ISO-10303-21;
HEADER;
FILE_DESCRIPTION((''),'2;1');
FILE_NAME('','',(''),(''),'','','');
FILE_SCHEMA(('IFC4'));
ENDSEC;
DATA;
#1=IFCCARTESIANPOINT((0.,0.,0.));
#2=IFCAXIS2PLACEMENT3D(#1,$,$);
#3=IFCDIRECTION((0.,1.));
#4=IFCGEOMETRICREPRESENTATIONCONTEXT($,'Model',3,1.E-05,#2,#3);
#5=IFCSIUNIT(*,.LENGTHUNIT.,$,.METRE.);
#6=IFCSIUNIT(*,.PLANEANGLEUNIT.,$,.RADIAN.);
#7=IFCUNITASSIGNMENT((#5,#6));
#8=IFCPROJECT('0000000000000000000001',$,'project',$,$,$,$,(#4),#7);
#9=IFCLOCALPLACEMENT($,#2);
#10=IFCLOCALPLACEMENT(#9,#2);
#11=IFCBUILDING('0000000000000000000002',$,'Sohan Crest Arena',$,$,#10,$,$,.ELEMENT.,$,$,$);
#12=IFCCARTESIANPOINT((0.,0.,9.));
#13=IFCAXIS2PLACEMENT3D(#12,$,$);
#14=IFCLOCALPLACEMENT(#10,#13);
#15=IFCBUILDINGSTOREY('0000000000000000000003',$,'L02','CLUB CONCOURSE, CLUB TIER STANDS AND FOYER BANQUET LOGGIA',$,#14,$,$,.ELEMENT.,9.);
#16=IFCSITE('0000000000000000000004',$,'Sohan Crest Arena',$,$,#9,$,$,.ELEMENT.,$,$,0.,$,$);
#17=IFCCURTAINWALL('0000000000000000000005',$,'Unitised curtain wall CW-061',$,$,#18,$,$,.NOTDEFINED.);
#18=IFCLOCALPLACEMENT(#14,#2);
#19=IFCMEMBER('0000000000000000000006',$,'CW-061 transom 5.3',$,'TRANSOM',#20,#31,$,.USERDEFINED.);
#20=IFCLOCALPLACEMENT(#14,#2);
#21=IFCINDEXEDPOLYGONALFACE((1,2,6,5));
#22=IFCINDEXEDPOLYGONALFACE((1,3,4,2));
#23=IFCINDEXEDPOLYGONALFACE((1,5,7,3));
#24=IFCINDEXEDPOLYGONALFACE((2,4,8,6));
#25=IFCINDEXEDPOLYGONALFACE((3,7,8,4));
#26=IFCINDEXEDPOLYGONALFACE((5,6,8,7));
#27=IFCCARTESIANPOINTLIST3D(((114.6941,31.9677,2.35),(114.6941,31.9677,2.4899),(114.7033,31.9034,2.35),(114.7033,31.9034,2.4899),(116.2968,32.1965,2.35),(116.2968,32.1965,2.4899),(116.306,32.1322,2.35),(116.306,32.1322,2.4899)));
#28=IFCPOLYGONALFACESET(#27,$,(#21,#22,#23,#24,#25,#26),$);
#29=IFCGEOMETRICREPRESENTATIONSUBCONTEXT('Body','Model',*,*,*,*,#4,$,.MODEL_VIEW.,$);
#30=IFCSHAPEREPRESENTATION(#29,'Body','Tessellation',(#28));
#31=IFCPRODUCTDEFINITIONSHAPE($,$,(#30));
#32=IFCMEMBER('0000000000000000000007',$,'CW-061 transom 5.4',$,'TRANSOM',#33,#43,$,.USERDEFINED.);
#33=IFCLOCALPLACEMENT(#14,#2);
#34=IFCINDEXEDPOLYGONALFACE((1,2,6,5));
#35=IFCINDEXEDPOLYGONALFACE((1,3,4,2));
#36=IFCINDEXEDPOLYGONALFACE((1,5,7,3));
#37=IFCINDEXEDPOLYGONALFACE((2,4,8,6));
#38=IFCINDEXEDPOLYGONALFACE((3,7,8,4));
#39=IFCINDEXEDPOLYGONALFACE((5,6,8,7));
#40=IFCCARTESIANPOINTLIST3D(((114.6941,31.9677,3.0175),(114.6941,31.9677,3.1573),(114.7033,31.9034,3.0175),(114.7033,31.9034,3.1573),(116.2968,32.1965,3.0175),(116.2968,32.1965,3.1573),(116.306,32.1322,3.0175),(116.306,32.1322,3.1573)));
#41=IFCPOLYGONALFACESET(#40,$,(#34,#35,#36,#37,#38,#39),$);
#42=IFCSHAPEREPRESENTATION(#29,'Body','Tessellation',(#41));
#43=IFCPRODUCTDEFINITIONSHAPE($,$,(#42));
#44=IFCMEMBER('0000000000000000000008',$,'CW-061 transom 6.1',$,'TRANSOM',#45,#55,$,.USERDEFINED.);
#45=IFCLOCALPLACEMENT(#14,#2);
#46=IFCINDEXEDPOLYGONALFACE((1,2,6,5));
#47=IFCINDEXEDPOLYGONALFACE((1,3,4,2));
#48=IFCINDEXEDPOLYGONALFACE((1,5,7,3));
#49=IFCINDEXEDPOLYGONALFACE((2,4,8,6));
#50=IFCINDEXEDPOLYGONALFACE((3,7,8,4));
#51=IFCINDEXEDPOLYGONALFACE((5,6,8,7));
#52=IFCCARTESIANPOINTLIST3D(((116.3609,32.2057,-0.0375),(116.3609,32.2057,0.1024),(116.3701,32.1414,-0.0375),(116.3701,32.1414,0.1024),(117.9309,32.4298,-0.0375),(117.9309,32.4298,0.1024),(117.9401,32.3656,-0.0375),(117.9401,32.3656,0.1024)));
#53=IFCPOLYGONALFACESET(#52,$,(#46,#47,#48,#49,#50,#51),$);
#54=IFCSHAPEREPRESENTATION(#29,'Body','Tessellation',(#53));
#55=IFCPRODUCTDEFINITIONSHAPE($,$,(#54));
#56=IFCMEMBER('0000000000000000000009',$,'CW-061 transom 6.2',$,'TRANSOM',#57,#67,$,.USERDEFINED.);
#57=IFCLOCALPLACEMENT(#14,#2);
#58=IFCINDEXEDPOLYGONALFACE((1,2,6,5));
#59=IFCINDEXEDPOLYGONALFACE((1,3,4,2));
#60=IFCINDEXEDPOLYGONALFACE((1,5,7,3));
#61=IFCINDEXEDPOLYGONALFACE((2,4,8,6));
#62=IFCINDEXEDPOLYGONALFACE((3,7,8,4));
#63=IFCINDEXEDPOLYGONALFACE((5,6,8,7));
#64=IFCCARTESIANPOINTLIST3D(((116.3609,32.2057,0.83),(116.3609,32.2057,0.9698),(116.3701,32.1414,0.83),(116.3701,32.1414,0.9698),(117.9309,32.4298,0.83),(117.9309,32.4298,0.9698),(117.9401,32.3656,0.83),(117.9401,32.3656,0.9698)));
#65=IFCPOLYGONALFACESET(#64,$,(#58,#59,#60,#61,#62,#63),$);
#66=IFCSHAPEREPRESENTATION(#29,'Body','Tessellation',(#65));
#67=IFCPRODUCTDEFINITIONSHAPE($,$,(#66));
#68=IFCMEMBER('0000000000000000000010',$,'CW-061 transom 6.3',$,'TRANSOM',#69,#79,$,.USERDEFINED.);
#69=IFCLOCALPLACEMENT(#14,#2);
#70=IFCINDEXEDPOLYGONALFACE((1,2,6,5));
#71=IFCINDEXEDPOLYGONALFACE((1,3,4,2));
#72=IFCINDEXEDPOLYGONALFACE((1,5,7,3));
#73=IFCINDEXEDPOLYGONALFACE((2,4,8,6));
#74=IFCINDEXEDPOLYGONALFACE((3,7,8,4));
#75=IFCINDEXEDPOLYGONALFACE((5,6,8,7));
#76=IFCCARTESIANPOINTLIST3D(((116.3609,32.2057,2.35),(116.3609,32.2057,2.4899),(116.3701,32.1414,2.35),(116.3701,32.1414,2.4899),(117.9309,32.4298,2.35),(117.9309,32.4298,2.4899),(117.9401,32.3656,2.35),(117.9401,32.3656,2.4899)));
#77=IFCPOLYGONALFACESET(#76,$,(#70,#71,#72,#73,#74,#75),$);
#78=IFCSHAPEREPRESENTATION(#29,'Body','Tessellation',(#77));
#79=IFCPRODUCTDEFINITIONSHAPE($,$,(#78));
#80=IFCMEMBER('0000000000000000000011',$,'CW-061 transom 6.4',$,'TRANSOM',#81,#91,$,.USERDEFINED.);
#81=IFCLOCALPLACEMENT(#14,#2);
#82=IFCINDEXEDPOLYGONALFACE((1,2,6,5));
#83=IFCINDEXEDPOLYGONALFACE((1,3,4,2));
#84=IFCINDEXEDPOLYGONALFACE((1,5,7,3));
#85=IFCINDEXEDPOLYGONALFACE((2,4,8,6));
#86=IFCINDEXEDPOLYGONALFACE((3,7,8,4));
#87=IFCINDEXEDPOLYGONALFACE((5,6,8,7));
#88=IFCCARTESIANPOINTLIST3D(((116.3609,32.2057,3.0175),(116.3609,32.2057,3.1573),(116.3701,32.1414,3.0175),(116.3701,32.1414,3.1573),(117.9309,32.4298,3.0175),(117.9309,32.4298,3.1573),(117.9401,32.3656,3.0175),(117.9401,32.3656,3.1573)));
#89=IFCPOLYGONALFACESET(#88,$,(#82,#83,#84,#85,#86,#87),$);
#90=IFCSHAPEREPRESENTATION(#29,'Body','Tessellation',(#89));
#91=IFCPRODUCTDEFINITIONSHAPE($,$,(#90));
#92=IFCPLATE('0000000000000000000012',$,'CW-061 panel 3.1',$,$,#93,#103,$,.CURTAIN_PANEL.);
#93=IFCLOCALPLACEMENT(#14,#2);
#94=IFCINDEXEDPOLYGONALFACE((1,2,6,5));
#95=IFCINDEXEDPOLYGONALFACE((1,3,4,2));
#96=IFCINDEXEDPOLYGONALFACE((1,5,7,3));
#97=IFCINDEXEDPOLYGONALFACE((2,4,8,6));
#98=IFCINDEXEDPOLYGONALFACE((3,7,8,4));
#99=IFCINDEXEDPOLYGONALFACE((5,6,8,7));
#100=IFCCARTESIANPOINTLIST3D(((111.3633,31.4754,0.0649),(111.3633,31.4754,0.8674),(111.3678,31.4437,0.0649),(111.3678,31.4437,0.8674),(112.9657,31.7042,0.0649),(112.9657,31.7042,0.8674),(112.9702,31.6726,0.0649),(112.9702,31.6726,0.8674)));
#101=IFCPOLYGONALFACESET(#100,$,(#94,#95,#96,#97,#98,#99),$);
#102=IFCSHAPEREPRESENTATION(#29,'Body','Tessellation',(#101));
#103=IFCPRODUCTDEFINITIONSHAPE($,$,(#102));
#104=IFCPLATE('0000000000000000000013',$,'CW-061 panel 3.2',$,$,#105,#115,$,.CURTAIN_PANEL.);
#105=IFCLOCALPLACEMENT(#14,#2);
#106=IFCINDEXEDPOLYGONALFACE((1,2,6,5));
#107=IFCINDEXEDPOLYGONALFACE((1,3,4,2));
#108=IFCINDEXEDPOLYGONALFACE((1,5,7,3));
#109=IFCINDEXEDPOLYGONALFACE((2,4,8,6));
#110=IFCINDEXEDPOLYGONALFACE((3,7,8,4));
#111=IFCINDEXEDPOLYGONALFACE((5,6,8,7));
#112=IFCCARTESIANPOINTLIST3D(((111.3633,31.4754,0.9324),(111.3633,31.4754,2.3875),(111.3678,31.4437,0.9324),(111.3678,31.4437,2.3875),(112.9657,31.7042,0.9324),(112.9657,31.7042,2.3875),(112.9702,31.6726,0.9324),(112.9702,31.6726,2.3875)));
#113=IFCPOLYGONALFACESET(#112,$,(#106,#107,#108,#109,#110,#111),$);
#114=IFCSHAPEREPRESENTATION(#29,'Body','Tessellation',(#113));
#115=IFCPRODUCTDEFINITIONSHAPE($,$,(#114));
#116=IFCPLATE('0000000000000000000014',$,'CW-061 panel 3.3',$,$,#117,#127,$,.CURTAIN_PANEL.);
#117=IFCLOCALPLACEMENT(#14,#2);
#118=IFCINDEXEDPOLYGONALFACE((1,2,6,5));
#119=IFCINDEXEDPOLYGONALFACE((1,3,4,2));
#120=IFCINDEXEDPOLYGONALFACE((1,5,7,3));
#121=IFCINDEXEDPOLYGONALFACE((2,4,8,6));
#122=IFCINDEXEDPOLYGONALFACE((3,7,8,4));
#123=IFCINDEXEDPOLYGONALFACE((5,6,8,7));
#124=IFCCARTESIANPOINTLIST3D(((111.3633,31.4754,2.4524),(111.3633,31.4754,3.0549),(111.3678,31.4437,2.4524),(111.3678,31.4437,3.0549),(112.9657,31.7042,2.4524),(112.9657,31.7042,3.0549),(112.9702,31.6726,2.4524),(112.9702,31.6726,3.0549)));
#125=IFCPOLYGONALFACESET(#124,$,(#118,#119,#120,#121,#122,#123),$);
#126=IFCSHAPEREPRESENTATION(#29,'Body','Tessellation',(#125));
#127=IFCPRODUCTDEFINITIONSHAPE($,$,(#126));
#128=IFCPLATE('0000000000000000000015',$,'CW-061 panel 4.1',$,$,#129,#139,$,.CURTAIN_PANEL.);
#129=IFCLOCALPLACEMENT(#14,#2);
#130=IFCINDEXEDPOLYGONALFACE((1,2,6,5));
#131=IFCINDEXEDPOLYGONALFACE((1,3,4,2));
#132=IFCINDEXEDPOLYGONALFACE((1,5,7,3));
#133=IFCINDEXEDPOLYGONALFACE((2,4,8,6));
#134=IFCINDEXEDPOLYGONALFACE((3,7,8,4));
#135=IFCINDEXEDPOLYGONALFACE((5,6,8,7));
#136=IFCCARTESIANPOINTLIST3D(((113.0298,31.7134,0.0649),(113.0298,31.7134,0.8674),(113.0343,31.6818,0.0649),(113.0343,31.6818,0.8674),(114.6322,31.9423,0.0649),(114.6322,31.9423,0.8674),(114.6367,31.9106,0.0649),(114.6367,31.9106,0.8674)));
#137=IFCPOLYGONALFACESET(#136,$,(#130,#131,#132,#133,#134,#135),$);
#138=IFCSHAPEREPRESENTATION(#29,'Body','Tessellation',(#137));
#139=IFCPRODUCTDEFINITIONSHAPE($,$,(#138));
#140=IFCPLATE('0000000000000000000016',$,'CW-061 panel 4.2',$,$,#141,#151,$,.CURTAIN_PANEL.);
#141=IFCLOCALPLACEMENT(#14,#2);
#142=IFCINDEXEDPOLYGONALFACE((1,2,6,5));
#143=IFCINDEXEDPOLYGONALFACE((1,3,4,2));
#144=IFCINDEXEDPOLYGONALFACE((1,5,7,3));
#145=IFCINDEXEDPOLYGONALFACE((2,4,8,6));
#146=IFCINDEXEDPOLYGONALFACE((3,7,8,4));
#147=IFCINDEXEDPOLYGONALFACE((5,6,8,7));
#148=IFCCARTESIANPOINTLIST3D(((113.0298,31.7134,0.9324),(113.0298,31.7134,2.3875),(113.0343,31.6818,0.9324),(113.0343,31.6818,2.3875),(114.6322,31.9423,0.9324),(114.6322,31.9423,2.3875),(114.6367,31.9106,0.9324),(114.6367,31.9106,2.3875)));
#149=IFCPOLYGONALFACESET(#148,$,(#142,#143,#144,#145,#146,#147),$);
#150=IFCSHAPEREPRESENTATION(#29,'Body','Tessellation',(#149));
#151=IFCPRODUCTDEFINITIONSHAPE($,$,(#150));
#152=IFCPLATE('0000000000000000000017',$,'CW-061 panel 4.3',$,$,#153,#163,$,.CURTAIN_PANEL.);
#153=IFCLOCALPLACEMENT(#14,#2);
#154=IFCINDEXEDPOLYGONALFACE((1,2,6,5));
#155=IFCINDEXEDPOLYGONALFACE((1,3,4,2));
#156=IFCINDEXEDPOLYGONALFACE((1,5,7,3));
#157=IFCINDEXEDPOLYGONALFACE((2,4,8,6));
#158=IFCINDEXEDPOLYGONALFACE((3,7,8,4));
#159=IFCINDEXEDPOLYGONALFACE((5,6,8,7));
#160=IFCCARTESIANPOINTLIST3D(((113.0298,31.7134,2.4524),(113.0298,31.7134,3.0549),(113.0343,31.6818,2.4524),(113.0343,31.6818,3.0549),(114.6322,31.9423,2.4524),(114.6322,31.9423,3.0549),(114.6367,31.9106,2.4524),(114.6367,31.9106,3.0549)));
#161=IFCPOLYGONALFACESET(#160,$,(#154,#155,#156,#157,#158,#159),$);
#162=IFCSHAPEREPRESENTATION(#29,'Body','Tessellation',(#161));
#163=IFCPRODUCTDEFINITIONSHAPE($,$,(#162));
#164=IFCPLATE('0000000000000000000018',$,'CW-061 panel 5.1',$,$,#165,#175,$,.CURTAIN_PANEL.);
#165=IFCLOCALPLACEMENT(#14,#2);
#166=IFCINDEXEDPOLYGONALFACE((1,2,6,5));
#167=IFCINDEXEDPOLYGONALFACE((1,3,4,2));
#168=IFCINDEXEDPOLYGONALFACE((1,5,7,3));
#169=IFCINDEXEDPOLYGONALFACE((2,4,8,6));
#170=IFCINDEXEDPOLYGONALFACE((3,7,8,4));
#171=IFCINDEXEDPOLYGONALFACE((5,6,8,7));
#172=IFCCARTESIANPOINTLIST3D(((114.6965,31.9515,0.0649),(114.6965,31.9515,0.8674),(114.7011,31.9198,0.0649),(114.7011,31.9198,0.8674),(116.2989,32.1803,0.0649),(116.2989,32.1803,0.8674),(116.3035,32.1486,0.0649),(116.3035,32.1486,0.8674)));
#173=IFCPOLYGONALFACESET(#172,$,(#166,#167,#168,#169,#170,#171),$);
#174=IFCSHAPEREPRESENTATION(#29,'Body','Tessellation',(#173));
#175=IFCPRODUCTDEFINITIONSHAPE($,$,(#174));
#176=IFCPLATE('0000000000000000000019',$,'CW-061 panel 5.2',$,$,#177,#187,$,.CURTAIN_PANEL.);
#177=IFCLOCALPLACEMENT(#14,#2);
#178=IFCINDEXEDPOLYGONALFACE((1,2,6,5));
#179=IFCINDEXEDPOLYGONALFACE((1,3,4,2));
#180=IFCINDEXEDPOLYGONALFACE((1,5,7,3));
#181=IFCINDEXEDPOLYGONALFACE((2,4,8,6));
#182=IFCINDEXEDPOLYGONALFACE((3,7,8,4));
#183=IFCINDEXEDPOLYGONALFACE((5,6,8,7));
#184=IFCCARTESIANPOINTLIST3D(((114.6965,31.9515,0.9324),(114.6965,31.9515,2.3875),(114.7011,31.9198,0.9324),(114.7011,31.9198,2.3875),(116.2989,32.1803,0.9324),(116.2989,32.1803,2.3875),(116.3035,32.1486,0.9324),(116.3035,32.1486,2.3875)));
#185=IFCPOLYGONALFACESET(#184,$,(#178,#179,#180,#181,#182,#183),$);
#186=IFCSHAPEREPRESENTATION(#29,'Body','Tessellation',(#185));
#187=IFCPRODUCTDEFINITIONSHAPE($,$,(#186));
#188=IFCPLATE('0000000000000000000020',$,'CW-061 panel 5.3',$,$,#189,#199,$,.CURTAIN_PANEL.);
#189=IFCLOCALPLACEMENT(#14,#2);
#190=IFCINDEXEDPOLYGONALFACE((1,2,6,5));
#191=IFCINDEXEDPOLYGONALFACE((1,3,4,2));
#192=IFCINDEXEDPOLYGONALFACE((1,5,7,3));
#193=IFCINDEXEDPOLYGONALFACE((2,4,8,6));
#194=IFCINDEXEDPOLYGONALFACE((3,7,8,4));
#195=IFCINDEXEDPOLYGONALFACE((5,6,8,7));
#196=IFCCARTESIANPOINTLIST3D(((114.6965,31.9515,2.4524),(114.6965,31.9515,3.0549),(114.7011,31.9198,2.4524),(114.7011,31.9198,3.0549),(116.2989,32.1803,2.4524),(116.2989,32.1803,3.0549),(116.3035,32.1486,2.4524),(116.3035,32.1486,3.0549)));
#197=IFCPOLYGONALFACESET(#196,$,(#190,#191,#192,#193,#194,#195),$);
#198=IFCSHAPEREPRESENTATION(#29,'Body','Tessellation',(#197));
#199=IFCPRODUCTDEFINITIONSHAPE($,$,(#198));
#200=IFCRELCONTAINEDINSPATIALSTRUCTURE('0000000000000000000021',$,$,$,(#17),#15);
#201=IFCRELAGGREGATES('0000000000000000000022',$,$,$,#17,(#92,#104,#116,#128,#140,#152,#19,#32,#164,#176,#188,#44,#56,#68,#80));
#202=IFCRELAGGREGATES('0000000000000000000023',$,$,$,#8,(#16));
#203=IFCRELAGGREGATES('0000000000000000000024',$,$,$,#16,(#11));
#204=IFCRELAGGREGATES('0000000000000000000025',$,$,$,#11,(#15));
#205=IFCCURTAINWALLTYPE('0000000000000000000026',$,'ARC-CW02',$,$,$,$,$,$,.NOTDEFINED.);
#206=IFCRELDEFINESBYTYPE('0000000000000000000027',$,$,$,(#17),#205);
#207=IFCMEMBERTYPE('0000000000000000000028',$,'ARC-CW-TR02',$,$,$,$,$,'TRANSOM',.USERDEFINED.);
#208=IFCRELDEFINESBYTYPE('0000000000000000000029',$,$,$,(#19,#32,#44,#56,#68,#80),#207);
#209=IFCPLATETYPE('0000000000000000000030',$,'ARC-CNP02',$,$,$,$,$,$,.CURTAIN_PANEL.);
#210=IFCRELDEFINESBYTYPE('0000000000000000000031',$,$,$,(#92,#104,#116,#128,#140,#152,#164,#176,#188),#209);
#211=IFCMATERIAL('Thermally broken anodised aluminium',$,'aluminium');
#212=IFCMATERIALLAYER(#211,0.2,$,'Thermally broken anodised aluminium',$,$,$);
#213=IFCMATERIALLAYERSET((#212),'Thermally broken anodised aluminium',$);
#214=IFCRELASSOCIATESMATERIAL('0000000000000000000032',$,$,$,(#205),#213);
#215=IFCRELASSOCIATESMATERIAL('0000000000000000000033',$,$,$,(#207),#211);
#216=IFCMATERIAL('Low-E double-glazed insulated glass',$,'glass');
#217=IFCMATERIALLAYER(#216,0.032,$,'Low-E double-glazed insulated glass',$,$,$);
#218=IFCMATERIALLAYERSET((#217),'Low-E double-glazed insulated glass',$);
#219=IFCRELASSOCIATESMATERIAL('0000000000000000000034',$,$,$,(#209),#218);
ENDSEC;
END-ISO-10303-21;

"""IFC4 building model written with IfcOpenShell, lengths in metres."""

from ifc_helpers import new_model, si_unit, direction, frame, origin, origin_2d, place, context, subcontext, project, spatial, rectangle, extrude, material, layer, layer_set, material_profile, profile_set, type_object, element, aggregate, save


model = new_model("IFC4")

# Units and contexts
model_context = context("Model", 3, precision=1e-05, world=origin(), true_north=direction((0.0, 1.0)))
body_context = subcontext(model_context, "Body", "Model", "MODEL_VIEW")
ifc_project = project(units=[si_unit("LENGTHUNIT", "METRE"), si_unit("PLANEANGLEUNIT", "RADIAN")], contexts=[model_context])

# Site, building, storey
site_placement = place(None, origin())
site = spatial("IfcSite", under=ifc_project, at=site_placement, Name="Sohan Crest Arena", CompositionType="ELEMENT", RefElevation=0.0)
building_placement = place(site_placement, origin())
building = spatial("IfcBuilding", under=site, at=building_placement, Name="Sohan Crest Arena", CompositionType="ELEMENT")
storey_placement = place(building_placement, frame((0.0, 0.0, 9.0)))
storey = spatial("IfcBuildingStorey", under=building, at=storey_placement, Name="L02", Description="CLUB CONCOURSE, CLUB TIER STANDS AND FOYER BANQUET LOGGIA", CompositionType="ELEMENT", Elevation=9.0)

# Curtain wall, members, plates
ifc_material_1 = material(Name="Thermally broken anodised aluminium", Category="aluminium")
ifc_layer_1 = layer(ifc_material_1, 0.2, Name="Thermally broken anodised aluminium")
ifc_layer_set_1 = layer_set([ifc_layer_1], Name="Thermally broken anodised aluminium")
curtain_wall_type = type_object("IfcCurtainWallType", Name="ARC-CW02", PredefinedType="NOTDEFINED", material=ifc_layer_set_1)
curtain_wall_placement = place(storey_placement, origin())
curtain_wall = element("IfcCurtainWall", 1, at=curtain_wall_placement, inside=storey, type_object=curtain_wall_type, Name="Unitised curtain wall CW-061", PredefinedType="NOTDEFINED")
ifc_material_profile_1 = material_profile(ifc_material_1, rectangle(XDim=0.0649, YDim=0.1399, at=origin_2d()), Name="ALU-TRAN 65x140")
ifc_profile_set_1 = profile_set([ifc_material_profile_1], Name="Thermally broken anodised aluminium")
member_type_1 = type_object("IfcMemberType", Name="ARC-CW-TR02", ElementType="TRANSOM", PredefinedType="USERDEFINED", material=ifc_profile_set_1)
member_1_placement = place(storey_placement, frame((114.6987, 31.9355, 2.4199), z_axis=(0.989965, 0.141316, 0.0), x_axis=(-0.141316, 0.989965, 0.0)))
member_1 = element("IfcMember", 2, at=member_1_placement, type_object=member_type_1, Name="CW-061 transom 5.3", ObjectType="TRANSOM", PredefinedType="USERDEFINED", context=body_context, shape_type="SweptSolid", body=[
    extrude(rectangle(XDim=0.0649, YDim=0.1399, at=origin_2d()), origin(), (0.0, 0.0, 1.0), 1.6189),
])
member_2_placement = place(storey_placement, frame((114.6987, 31.9355, 3.0874), z_axis=(0.989965, 0.141316, 0.0), x_axis=(-0.141316, 0.989965, 0.0)))
member_2 = element("IfcMember", 3, at=member_2_placement, type_object=member_type_1, Name="CW-061 transom 5.4", ObjectType="TRANSOM", PredefinedType="USERDEFINED", context=body_context, shape_type="SweptSolid", body=[
    extrude(rectangle(XDim=0.0649, YDim=0.1399, at=origin_2d()), origin(), (0.0, 0.0, 1.0), 1.6189),
])
member_3_placement = place(storey_placement, frame((116.3655, 32.1736, 0.0325), z_axis=(0.989965, 0.141314, 0.0), x_axis=(-0.141314, 0.989965, 0.0)))
member_3 = element("IfcMember", 4, at=member_3_placement, type_object=member_type_1, Name="CW-061 transom 6.1", ObjectType="TRANSOM", PredefinedType="USERDEFINED", context=body_context, shape_type="SweptSolid", body=[
    extrude(rectangle(XDim=0.0649, YDim=0.1399, at=origin_2d()), origin(), (0.0, 0.0, 1.0), 1.5859),
])
member_4_placement = place(storey_placement, frame((116.3655, 32.1736, 0.8999), z_axis=(0.989965, 0.141314, 0.0), x_axis=(-0.141314, 0.989965, 0.0)))
member_4 = element("IfcMember", 5, at=member_4_placement, type_object=member_type_1, Name="CW-061 transom 6.2", ObjectType="TRANSOM", PredefinedType="USERDEFINED", context=body_context, shape_type="SweptSolid", body=[
    extrude(rectangle(XDim=0.0649, YDim=0.1399, at=origin_2d()), origin(), (0.0, 0.0, 1.0), 1.5859),
])
member_5_placement = place(storey_placement, frame((116.3655, 32.1736, 2.4199), z_axis=(0.989965, 0.141314, 0.0), x_axis=(-0.141314, 0.989965, 0.0)))
member_5 = element("IfcMember", 6, at=member_5_placement, type_object=member_type_1, Name="CW-061 transom 6.3", ObjectType="TRANSOM", PredefinedType="USERDEFINED", context=body_context, shape_type="SweptSolid", body=[
    extrude(rectangle(XDim=0.0649, YDim=0.1399, at=origin_2d()), origin(), (0.0, 0.0, 1.0), 1.5859),
])
member_6_placement = place(storey_placement, frame((116.3655, 32.1736, 3.0874), z_axis=(0.989965, 0.141314, 0.0), x_axis=(-0.141314, 0.989965, 0.0)))
member_6 = element("IfcMember", 7, at=member_6_placement, type_object=member_type_1, Name="CW-061 transom 6.4", ObjectType="TRANSOM", PredefinedType="USERDEFINED", context=body_context, shape_type="SweptSolid", body=[
    extrude(rectangle(XDim=0.0649, YDim=0.1399, at=origin_2d()), origin(), (0.0, 0.0, 1.0), 1.5859),
])
ifc_material_2 = material(Name="Low-E double-glazed insulated glass", Category="glass")
ifc_layer_2 = layer(ifc_material_2, 0.032, Name="Low-E double-glazed insulated glass")
ifc_layer_set_2 = layer_set([ifc_layer_2], Name="Low-E double-glazed insulated glass")
plate_type = type_object("IfcPlateType", Name="ARC-CNP02", PredefinedType="CURTAIN_PANEL", material=ifc_layer_set_2)
plate_1_placement = place(storey_placement, frame((112.1667, 31.574, 0.0649), z_axis=(0.0, 0.0, 1.0), x_axis=(0.989957, 0.141366, 0.0)))
plate_1 = element("IfcPlate", 8, at=plate_1_placement, type_object=plate_type, Name="CW-061 panel 3.1", PredefinedType="CURTAIN_PANEL", context=body_context, shape_type="SweptSolid", body=[
    extrude(rectangle(XDim=1.6187, YDim=0.032, at=origin_2d()), origin(), (0.0, 0.0, 1.0), 0.8025),
])
plate_2_placement = place(storey_placement, frame((112.1667, 31.574, 0.9324), z_axis=(0.0, 0.0, 1.0), x_axis=(0.989957, 0.141366, 0.0)))
plate_2 = element("IfcPlate", 9, at=plate_2_placement, type_object=plate_type, Name="CW-061 panel 3.2", PredefinedType="CURTAIN_PANEL", context=body_context, shape_type="SweptSolid", body=[
    extrude(rectangle(XDim=1.6187, YDim=0.032, at=origin_2d()), origin(), (0.0, 0.0, 1.0), 1.4551),
])
plate_3_placement = place(storey_placement, frame((112.1667, 31.574, 2.4524), z_axis=(0.0, 0.0, 1.0), x_axis=(0.989957, 0.141366, 0.0)))
plate_3 = element("IfcPlate", 10, at=plate_3_placement, type_object=plate_type, Name="CW-061 panel 3.3", PredefinedType="CURTAIN_PANEL", context=body_context, shape_type="SweptSolid", body=[
    extrude(rectangle(XDim=1.6187, YDim=0.032, at=origin_2d()), origin(), (0.0, 0.0, 1.0), 0.6025),
])
plate_4_placement = place(storey_placement, frame((113.8333, 31.812, 0.0649), z_axis=(0.0, 0.0, 1.0), x_axis=(0.989957, 0.141366, 0.0)))
plate_4 = element("IfcPlate", 11, at=plate_4_placement, type_object=plate_type, Name="CW-061 panel 4.1", PredefinedType="CURTAIN_PANEL", context=body_context, shape_type="SweptSolid", body=[
    extrude(rectangle(XDim=1.6187, YDim=0.032, at=origin_2d()), origin(), (0.0, 0.0, 1.0), 0.8025),
])
plate_5_placement = place(storey_placement, frame((113.8333, 31.812, 0.9324), z_axis=(0.0, 0.0, 1.0), x_axis=(0.989957, 0.141366, 0.0)))
plate_5 = element("IfcPlate", 12, at=plate_5_placement, type_object=plate_type, Name="CW-061 panel 4.2", PredefinedType="CURTAIN_PANEL", context=body_context, shape_type="SweptSolid", body=[
    extrude(rectangle(XDim=1.6187, YDim=0.032, at=origin_2d()), origin(), (0.0, 0.0, 1.0), 1.4551),
])
plate_6_placement = place(storey_placement, frame((113.8333, 31.812, 2.4524), z_axis=(0.0, 0.0, 1.0), x_axis=(0.989957, 0.141366, 0.0)))
plate_6 = element("IfcPlate", 13, at=plate_6_placement, type_object=plate_type, Name="CW-061 panel 4.3", PredefinedType="CURTAIN_PANEL", context=body_context, shape_type="SweptSolid", body=[
    extrude(rectangle(XDim=1.6187, YDim=0.032, at=origin_2d()), origin(), (0.0, 0.0, 1.0), 0.6025),
])
plate_7_placement = place(storey_placement, frame((115.5, 32.05, 0.0649), z_axis=(0.0, 0.0, 1.0), x_axis=(0.989957, 0.141366, 0.0)))
plate_7 = element("IfcPlate", 14, at=plate_7_placement, type_object=plate_type, Name="CW-061 panel 5.1", PredefinedType="CURTAIN_PANEL", context=body_context, shape_type="SweptSolid", body=[
    extrude(rectangle(XDim=1.6187, YDim=0.032, at=origin_2d()), origin(), (0.0, 0.0, 1.0), 0.8025),
])
plate_8_placement = place(storey_placement, frame((115.5, 32.05, 0.9324), z_axis=(0.0, 0.0, 1.0), x_axis=(0.989957, 0.141366, 0.0)))
plate_8 = element("IfcPlate", 15, at=plate_8_placement, type_object=plate_type, Name="CW-061 panel 5.2", PredefinedType="CURTAIN_PANEL", context=body_context, shape_type="SweptSolid", body=[
    extrude(rectangle(XDim=1.6187, YDim=0.032, at=origin_2d()), origin(), (0.0, 0.0, 1.0), 1.4551),
])
plate_9_placement = place(storey_placement, frame((115.5, 32.05, 2.4524), z_axis=(0.0, 0.0, 1.0), x_axis=(0.989957, 0.141366, 0.0)))
plate_9 = element("IfcPlate", 16, at=plate_9_placement, type_object=plate_type, Name="CW-061 panel 5.3", PredefinedType="CURTAIN_PANEL", context=body_context, shape_type="SweptSolid", body=[
    extrude(rectangle(XDim=1.6187, YDim=0.032, at=origin_2d()), origin(), (0.0, 0.0, 1.0), 0.6025),
])
aggregate(curtain_wall, [plate_1, plate_2, plate_3, plate_4, plate_5, plate_6, member_1, member_2, plate_7, plate_8, plate_9, member_3, member_4, member_5, member_6])

save(model, "model.ifc")
